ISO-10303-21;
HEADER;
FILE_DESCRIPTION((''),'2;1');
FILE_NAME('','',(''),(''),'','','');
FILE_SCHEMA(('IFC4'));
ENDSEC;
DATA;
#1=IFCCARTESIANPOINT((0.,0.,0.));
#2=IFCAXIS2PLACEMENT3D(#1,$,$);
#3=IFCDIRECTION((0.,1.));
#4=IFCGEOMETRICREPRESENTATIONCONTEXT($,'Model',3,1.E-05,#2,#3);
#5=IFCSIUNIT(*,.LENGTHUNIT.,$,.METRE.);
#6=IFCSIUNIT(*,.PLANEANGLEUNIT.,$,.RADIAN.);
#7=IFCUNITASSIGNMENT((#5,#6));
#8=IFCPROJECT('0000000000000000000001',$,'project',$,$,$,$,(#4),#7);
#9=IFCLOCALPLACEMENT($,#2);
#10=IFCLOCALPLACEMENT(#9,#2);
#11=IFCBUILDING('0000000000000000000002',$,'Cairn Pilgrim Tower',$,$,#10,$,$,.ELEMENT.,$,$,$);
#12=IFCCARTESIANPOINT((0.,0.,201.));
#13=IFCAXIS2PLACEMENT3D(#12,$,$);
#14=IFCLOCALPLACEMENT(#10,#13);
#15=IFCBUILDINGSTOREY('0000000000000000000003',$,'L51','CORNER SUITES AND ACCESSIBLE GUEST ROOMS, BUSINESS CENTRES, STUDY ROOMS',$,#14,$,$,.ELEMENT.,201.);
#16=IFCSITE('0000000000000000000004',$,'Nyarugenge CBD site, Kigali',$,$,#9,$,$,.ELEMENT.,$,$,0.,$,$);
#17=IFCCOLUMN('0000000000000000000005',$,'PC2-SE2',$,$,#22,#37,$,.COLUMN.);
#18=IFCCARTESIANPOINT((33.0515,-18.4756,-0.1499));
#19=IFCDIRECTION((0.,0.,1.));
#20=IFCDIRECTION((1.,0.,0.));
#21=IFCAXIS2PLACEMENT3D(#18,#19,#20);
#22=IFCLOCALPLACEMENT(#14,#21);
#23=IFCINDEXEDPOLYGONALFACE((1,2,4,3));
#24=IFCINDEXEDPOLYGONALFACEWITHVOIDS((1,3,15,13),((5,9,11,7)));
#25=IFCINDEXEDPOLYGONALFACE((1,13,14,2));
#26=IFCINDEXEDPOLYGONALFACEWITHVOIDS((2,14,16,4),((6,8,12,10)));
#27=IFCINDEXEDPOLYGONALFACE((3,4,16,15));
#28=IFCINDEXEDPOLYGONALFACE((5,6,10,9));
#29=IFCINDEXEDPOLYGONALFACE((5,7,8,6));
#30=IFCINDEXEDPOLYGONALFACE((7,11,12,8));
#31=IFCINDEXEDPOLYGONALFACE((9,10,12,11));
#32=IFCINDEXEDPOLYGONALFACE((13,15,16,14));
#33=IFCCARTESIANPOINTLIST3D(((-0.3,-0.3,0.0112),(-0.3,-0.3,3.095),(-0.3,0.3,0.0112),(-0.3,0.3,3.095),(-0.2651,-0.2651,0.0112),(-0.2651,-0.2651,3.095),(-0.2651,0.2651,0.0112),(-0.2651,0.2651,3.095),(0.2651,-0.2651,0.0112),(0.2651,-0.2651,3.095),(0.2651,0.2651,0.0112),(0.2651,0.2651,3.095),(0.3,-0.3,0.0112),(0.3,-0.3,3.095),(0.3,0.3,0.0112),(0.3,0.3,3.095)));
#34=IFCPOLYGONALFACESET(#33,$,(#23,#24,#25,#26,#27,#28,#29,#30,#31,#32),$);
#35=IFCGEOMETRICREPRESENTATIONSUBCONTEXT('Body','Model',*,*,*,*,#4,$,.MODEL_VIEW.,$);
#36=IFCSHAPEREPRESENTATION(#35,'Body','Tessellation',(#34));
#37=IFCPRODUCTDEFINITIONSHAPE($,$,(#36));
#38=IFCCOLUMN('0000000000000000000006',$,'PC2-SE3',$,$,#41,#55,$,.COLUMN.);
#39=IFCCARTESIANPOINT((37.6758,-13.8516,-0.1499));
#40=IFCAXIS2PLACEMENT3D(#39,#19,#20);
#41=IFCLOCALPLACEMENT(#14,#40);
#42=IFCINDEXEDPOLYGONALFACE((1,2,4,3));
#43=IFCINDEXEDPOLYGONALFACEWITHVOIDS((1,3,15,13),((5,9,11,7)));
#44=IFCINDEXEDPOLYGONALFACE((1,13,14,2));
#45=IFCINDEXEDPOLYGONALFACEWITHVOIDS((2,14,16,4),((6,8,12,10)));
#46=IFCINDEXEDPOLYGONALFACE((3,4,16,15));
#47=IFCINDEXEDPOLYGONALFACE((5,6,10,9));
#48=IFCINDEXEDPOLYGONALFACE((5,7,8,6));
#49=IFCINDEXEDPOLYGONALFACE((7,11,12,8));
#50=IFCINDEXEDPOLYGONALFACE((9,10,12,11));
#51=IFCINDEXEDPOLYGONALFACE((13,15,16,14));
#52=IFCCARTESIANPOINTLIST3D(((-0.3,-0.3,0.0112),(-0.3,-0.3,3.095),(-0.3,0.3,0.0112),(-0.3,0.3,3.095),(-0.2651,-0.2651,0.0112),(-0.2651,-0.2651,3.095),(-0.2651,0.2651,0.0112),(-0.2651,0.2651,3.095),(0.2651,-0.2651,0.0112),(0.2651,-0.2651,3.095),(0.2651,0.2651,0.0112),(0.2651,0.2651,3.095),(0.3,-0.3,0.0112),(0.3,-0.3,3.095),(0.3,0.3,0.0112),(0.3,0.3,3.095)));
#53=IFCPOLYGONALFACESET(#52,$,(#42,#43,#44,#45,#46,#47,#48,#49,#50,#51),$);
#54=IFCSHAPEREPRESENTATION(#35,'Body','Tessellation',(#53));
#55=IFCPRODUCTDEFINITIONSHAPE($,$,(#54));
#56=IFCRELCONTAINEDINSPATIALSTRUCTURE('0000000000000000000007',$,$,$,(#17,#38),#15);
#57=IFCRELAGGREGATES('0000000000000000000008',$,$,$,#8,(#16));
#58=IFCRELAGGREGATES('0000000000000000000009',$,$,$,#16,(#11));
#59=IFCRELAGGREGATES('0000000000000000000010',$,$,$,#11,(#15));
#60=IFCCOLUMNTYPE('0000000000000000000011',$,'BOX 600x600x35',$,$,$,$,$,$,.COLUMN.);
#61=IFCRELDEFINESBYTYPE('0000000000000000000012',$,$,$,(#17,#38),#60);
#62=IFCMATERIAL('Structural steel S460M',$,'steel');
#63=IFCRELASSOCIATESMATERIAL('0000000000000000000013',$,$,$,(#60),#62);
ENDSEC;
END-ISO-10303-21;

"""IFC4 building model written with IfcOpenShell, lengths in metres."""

from ifc_helpers import new_model, si_unit, direction, frame, origin, origin_2d, place, context, subcontext, project, spatial, hollow_rectangle, extrude, clip, halfspace, material, material_profile, profile_set, type_object, element, save


model = new_model("IFC4")

# Units and contexts
model_context = context("Model", 3, precision=1e-05, world=origin(), true_north=direction((0.0, 1.0)))
body_context = subcontext(model_context, "Body", "Model", "MODEL_VIEW")
ifc_project = project(units=[si_unit("LENGTHUNIT", "METRE"), si_unit("PLANEANGLEUNIT", "RADIAN")], contexts=[model_context])

# Site, building, storey
site_placement = place(None, origin())
site = spatial("IfcSite", under=ifc_project, at=site_placement, Name="Nyarugenge CBD site, Kigali", CompositionType="ELEMENT", RefElevation=0.0)
building_placement = place(site_placement, origin())
building = spatial("IfcBuilding", under=site, at=building_placement, Name="Cairn Pilgrim Tower", CompositionType="ELEMENT")
storey_placement = place(building_placement, frame((0.0, 0.0, 201.0)))
storey = spatial("IfcBuildingStorey", under=building, at=storey_placement, Name="L51", Description="CORNER SUITES AND ACCESSIBLE GUEST ROOMS, BUSINESS CENTRES, STUDY ROOMS", CompositionType="ELEMENT", Elevation=201.0)

# Columns
ifc_material_1 = material(Name="Structural steel S460M", Category="steel")
ifc_material_profile_1 = material_profile(ifc_material_1, hollow_rectangle(XDim=0.6001, YDim=0.6001, WallThickness=0.0349, at=origin_2d()), Name="BOX 600x600x35")
ifc_profile_set_1 = profile_set([ifc_material_profile_1], Name="Structural steel S460M")
column_type = type_object("IfcColumnType", Name="BOX 600x600x35", PredefinedType="COLUMN", material=ifc_profile_set_1)
for number, where, z_axis, x_axis, name in (
    (1, (33.0515, -18.4756, -0.1499), (0.0, 0.0, 1.0), (1.0, 0.0, 0.0), "PC2-SE2"),
    (2, (37.6758, -13.8516, -0.1499), (0.0, 0.0, 1.0), (1.0, 0.0, 0.0), "PC2-SE3"),
):
    element("IfcColumn", number, at=place(storey_placement, frame(where, z_axis=z_axis, x_axis=x_axis)), inside=storey, type_object=column_type, Name=name, PredefinedType="COLUMN", context=body_context, shape_type="Clipping", body=[
        clip(clip(extrude(hollow_rectangle(XDim=0.6001, YDim=0.6001, WallThickness=0.0349, at=origin_2d()), origin(), (0.0, 0.0, 1.0), 3.5), halfspace(frame((0.0, 0.0, 0.0112), z_axis=(0.0, 0.0, 1.0), x_axis=(1.0, 0.0, 0.0)), True)), halfspace(frame((0.0, 0.0, 3.095), z_axis=(0.0, 0.0, 1.0), x_axis=(1.0, 0.0, 0.0)), False)),
    ])

save(model, "model.ifc")
